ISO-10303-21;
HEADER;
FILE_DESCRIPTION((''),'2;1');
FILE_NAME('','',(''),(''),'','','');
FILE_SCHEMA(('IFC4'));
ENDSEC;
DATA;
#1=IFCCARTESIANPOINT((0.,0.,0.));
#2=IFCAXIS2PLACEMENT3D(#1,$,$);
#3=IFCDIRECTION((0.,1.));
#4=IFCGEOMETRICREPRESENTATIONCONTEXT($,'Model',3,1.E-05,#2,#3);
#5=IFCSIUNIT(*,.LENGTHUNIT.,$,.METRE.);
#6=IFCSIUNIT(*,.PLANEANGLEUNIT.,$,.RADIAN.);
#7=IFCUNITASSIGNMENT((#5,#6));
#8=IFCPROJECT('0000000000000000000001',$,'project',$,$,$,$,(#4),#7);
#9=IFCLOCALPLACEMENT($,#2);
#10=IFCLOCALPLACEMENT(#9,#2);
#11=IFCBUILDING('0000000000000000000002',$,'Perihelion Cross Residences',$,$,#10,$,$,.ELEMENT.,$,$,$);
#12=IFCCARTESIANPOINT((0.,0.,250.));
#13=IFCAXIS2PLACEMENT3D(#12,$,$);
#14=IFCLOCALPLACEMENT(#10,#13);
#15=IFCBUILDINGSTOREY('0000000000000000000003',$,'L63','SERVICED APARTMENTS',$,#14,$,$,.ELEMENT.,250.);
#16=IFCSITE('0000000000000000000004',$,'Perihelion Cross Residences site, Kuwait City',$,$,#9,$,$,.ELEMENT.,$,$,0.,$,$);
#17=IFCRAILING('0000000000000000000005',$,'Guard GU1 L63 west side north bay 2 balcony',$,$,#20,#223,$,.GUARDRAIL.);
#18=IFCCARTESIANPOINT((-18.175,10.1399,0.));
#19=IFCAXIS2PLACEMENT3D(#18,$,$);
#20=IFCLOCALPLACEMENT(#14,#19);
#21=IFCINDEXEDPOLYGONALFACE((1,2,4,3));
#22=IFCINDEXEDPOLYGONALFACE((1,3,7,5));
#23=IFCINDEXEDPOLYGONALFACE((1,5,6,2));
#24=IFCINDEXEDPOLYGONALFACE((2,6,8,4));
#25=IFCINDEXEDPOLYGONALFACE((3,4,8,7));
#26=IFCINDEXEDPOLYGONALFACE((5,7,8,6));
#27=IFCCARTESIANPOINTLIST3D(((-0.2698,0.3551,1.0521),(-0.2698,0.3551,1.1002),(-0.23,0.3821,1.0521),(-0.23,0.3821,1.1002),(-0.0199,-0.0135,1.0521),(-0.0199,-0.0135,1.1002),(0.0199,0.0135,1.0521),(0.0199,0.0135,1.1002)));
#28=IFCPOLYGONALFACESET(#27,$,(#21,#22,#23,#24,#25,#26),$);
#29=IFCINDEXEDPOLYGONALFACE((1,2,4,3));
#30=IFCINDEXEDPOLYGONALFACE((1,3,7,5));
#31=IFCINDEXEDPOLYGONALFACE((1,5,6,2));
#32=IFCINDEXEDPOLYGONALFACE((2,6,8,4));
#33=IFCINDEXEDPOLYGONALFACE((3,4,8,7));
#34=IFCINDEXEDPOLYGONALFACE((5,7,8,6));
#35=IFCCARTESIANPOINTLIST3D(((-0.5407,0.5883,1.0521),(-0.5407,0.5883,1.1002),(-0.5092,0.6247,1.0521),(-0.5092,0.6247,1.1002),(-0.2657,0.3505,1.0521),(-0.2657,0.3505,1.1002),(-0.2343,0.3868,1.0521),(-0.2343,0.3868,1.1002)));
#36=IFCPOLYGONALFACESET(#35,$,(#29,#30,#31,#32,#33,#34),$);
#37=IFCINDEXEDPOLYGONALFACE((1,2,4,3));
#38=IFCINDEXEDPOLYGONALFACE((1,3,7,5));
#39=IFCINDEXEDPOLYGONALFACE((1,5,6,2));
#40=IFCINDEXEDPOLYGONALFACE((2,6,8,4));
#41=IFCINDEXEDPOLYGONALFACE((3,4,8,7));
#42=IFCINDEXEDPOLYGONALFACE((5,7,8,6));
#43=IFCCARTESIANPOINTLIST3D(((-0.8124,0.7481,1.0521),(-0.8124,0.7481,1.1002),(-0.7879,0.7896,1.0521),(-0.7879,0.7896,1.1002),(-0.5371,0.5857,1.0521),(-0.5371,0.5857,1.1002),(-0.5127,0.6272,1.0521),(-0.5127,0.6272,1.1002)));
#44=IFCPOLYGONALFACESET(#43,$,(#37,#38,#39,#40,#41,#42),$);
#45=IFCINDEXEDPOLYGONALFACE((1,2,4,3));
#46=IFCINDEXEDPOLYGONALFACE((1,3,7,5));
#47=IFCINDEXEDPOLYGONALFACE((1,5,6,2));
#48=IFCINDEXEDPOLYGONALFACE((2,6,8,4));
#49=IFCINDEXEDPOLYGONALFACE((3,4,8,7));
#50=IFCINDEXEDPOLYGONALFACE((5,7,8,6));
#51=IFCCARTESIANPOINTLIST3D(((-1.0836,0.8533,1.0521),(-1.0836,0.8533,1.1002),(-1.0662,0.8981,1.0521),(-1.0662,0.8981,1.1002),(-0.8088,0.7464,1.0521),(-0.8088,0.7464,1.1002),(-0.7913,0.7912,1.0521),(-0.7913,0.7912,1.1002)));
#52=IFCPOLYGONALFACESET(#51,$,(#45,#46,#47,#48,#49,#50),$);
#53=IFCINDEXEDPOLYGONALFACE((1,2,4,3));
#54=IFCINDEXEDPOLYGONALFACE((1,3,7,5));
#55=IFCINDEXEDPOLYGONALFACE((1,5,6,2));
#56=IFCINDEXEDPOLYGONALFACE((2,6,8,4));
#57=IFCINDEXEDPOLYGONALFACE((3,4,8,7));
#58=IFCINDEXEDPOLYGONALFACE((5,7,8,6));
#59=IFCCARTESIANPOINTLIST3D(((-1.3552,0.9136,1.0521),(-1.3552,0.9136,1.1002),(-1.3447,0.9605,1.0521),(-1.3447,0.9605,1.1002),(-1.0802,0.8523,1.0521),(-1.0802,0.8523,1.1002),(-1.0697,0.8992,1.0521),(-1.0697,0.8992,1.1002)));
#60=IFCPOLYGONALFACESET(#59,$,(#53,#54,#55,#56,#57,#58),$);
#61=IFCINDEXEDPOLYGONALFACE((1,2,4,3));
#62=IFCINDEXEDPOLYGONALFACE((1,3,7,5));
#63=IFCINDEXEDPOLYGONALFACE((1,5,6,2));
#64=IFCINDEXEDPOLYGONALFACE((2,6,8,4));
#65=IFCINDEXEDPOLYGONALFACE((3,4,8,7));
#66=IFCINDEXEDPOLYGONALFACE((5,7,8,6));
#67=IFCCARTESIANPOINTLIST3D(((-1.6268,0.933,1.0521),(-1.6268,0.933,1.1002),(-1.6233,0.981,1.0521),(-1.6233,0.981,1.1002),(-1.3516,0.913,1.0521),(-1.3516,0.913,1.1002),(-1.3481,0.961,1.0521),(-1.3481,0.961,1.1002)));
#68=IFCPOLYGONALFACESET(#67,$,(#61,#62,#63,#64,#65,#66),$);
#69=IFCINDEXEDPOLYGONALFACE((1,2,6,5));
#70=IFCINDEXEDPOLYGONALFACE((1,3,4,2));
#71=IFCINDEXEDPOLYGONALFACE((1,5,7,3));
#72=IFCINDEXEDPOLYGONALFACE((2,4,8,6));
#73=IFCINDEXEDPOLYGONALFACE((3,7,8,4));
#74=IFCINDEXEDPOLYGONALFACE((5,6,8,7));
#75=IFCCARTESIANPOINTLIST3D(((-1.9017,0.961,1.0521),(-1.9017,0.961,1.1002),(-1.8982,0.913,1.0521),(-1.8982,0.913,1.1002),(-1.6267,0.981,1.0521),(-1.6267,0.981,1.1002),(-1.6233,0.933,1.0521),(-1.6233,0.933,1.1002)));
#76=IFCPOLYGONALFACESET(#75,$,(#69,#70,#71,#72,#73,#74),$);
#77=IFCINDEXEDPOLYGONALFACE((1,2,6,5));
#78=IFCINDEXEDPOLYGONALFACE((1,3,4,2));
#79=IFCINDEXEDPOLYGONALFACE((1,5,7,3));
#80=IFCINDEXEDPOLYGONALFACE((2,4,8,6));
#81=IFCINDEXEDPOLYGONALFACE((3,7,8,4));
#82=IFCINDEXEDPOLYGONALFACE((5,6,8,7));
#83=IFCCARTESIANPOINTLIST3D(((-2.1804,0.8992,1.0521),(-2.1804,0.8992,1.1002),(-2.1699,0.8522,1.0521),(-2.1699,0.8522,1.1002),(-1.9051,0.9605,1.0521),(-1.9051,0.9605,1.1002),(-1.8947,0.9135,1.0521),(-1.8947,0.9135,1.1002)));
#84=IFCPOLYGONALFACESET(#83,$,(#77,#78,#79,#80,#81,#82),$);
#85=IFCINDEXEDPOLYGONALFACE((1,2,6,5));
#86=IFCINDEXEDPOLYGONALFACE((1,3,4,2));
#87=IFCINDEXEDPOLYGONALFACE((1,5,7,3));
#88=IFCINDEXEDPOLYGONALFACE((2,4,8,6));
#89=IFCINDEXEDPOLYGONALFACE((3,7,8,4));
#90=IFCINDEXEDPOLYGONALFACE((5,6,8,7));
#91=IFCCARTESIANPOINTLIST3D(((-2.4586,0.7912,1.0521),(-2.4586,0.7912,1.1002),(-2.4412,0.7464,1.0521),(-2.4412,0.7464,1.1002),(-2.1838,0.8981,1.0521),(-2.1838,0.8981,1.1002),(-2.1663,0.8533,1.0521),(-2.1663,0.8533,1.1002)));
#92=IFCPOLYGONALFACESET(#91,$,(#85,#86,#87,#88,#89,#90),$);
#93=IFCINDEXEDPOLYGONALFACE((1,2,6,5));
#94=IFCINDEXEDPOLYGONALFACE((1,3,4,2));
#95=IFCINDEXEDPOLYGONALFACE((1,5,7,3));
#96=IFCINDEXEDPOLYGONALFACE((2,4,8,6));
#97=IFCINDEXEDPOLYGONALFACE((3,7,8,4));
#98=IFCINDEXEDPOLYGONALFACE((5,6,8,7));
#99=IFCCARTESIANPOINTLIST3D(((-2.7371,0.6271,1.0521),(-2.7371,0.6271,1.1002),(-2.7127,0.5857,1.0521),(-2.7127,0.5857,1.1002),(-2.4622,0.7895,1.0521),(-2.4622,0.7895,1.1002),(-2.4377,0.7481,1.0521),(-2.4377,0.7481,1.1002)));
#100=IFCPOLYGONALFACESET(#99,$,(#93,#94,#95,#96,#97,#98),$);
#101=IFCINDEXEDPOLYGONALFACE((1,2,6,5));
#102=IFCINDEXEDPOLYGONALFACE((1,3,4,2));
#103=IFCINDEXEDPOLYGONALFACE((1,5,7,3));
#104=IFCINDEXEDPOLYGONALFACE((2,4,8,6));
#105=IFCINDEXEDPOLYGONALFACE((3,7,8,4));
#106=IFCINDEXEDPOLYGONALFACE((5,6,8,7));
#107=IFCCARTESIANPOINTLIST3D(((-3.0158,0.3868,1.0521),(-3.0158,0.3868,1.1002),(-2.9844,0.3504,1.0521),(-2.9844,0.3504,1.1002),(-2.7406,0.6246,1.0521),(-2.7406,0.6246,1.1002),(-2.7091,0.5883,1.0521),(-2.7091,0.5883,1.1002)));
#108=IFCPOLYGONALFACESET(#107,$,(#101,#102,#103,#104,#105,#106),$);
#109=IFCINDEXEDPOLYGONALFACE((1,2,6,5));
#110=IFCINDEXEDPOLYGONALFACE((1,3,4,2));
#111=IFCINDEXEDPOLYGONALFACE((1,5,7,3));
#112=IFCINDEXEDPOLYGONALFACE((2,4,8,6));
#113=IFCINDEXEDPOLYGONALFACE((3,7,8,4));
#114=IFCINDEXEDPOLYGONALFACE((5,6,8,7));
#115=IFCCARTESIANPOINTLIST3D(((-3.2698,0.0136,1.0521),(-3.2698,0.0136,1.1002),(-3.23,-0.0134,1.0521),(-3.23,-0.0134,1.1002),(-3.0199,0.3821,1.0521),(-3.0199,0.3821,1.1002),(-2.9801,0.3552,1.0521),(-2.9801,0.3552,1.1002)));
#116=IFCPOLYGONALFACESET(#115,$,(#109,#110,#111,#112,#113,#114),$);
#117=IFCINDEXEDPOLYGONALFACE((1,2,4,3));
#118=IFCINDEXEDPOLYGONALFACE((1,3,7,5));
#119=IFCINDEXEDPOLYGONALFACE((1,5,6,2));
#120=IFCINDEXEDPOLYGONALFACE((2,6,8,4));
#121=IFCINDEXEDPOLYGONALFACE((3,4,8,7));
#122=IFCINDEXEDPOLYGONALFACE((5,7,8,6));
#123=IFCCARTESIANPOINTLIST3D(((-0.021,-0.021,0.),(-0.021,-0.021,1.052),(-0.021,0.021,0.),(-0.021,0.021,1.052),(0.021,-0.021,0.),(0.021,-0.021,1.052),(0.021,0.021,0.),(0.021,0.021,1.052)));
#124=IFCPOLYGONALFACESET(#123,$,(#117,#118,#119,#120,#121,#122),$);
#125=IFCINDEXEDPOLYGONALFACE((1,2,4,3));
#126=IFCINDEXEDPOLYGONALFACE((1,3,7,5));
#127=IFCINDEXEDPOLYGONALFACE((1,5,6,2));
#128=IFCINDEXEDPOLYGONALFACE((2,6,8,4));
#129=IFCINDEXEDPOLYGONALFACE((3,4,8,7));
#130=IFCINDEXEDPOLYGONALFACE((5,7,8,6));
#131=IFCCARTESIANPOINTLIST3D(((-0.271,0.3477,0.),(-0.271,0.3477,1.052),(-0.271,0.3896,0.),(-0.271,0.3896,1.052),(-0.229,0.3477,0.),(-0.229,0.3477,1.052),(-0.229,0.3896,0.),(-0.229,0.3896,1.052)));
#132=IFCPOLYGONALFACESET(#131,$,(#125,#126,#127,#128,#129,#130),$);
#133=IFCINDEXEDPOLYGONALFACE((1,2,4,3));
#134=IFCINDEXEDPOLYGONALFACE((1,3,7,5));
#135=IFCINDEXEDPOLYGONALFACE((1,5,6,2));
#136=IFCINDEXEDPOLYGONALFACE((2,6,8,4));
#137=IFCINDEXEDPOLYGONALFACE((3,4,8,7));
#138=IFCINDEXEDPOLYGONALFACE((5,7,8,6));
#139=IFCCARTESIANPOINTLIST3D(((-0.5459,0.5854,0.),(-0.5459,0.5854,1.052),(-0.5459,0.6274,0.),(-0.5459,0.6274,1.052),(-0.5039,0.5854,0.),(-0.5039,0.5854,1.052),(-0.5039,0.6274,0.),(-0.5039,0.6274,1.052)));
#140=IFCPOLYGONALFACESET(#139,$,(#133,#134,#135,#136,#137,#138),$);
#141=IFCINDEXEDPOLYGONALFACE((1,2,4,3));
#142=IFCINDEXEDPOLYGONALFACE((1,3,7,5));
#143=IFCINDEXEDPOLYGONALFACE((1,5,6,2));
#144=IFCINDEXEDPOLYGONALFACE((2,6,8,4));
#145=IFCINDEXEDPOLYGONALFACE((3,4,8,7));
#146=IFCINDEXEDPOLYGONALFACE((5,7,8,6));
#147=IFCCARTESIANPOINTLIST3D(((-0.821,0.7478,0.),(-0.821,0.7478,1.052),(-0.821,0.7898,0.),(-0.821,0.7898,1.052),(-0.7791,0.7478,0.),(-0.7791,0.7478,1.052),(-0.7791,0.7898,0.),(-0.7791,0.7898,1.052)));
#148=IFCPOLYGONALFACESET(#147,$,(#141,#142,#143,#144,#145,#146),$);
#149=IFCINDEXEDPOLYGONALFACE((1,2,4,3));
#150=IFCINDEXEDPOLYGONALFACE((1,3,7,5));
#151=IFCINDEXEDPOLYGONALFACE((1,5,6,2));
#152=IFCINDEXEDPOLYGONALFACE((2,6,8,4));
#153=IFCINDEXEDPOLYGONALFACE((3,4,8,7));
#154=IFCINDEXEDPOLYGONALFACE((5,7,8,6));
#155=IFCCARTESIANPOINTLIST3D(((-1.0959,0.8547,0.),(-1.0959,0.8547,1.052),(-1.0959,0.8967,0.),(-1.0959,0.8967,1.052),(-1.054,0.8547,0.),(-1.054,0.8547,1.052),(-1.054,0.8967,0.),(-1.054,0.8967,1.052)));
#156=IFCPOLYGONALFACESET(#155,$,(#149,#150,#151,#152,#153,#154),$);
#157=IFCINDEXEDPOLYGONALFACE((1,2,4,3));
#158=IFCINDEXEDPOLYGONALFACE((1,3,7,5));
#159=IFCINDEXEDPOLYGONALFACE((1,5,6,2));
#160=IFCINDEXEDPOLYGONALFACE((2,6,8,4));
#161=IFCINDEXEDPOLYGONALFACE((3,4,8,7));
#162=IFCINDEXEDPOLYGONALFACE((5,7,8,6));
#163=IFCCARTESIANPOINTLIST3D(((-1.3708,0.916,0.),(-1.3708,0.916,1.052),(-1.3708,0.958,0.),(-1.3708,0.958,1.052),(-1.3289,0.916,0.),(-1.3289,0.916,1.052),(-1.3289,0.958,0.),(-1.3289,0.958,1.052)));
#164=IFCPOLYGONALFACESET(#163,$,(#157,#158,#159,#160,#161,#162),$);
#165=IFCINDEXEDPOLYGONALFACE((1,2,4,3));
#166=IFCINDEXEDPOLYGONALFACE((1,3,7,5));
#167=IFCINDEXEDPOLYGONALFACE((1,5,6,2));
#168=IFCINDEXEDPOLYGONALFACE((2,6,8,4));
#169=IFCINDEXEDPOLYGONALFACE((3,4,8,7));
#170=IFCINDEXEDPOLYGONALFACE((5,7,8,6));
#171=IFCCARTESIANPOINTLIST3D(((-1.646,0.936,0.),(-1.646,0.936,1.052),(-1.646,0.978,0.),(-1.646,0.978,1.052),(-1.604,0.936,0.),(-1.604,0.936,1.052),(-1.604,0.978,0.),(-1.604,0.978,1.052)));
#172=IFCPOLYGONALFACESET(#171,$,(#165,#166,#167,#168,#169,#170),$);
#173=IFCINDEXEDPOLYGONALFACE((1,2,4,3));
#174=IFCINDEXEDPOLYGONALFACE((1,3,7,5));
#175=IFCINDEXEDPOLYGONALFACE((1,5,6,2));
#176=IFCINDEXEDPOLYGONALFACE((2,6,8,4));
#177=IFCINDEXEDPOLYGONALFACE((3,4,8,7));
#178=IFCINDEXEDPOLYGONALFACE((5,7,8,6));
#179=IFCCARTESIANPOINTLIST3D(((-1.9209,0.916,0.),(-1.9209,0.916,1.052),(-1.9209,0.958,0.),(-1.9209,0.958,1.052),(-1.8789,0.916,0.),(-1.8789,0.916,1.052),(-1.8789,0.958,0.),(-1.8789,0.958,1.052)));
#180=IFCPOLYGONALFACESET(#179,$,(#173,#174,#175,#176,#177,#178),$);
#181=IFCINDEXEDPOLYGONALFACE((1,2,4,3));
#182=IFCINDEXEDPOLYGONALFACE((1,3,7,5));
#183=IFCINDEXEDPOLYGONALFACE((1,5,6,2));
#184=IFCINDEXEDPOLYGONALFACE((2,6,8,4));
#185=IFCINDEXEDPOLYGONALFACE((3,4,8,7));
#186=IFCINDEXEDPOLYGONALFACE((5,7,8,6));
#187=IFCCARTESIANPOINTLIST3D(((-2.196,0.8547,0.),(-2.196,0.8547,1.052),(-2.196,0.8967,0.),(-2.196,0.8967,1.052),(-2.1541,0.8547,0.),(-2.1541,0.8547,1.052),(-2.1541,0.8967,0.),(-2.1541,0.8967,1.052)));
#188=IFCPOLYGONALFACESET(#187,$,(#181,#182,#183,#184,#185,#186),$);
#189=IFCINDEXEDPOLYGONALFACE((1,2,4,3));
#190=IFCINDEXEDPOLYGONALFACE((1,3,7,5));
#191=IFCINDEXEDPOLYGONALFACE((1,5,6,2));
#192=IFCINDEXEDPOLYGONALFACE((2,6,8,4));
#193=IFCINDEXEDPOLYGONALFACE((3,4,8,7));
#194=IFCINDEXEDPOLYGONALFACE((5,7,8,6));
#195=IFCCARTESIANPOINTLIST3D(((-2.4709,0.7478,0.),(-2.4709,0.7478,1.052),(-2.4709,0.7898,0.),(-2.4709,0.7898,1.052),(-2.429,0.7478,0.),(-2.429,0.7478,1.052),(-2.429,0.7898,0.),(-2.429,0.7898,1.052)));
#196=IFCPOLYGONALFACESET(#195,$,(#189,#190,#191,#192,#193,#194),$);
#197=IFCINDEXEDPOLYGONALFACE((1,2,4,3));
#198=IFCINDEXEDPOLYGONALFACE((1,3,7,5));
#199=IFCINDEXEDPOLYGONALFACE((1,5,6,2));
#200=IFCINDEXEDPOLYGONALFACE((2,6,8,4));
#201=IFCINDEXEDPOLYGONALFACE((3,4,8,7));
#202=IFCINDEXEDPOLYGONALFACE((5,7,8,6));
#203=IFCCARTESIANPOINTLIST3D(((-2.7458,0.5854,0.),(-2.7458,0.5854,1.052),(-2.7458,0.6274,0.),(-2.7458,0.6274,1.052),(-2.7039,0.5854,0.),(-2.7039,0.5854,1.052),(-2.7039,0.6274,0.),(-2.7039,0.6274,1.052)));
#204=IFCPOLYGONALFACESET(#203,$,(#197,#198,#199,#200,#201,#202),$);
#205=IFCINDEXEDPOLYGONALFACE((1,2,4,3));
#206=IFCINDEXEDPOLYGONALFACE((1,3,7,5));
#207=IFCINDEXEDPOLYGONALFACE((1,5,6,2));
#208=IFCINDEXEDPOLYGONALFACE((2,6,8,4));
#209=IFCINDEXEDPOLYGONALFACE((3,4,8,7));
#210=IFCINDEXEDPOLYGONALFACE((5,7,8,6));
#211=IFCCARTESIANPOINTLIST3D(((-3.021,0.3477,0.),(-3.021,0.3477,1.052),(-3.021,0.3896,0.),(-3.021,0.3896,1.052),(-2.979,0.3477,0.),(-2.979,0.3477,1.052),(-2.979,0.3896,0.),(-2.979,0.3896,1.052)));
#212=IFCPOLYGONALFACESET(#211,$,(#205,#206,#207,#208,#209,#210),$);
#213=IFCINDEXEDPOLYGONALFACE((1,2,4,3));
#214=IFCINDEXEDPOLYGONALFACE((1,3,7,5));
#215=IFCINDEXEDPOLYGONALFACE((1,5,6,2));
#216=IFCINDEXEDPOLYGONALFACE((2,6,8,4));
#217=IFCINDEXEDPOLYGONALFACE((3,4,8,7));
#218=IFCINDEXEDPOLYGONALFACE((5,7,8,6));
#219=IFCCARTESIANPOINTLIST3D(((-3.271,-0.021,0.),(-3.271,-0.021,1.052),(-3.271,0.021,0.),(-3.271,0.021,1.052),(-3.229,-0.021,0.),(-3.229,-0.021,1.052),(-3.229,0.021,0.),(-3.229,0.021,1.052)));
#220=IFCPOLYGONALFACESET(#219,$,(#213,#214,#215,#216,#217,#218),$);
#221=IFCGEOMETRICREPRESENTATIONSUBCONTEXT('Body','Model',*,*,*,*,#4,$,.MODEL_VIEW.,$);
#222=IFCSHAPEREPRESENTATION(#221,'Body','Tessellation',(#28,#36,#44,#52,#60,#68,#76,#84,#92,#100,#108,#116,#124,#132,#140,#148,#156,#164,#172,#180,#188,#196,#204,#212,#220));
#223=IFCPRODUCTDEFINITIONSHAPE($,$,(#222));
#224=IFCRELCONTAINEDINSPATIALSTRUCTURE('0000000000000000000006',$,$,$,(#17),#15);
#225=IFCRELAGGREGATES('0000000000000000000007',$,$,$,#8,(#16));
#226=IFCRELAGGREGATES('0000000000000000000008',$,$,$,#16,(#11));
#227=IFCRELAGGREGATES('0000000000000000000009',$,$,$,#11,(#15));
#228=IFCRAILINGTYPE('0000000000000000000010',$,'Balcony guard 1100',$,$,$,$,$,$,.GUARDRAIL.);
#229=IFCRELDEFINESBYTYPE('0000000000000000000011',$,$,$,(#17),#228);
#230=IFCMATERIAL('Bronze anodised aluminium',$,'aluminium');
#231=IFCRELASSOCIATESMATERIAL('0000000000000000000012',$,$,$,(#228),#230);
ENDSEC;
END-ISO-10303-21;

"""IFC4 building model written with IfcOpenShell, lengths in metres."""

from ifc_helpers import new_model, si_unit, direction, frame, origin, origin_2d, place, context, subcontext, project, spatial, rectangle, extrude, material, type_object, element, save


model = new_model("IFC4")

# Units and contexts
model_context = context("Model", 3, precision=1e-05, world=origin(), true_north=direction((0.0, 1.0)))
body_context = subcontext(model_context, "Body", "Model", "MODEL_VIEW")
ifc_project = project(units=[si_unit("LENGTHUNIT", "METRE"), si_unit("PLANEANGLEUNIT", "RADIAN")], contexts=[model_context])

# Site, building, storey
site_placement = place(None, origin())
site = spatial("IfcSite", under=ifc_project, at=site_placement, Name="Perihelion Cross Residences site, Kuwait City", CompositionType="ELEMENT", RefElevation=0.0)
building_placement = place(site_placement, origin())
building = spatial("IfcBuilding", under=site, at=building_placement, Name="Perihelion Cross Residences", CompositionType="ELEMENT")
storey_placement = place(building_placement, frame((0.0, 0.0, 250.0)))
storey = spatial("IfcBuildingStorey", under=building, at=storey_placement, Name="L63", Description="SERVICED APARTMENTS", CompositionType="ELEMENT", Elevation=250.0)

# Railing
ifc_material_1 = material(Name="Bronze anodised aluminium", Category="aluminium")
railing_type = type_object("IfcRailingType", Name="Balcony guard 1100", PredefinedType="GUARDRAIL", material=ifc_material_1)
railing_placement = place(storey_placement, frame((-18.175, 10.1399, 0.0)))
element("IfcRailing", 1, at=railing_placement, inside=storey, type_object=railing_type, Name="Guard GU1 L63 west side north bay 2 balcony", PredefinedType="GUARDRAIL", context=body_context, shape_type="SweptSolid", body=[
    extrude(rectangle(XDim=0.0481, YDim=0.0481, at=origin_2d()), frame((0.0, 0.0, 1.0762), z_axis=(-0.56126, 0.827639, 0.0), x_axis=(-0.827639, -0.56126, 0.0)), (0.0, 0.0, 1.0), 0.4453),
    extrude(rectangle(XDim=0.0481, YDim=0.0481, at=origin_2d()), frame((-0.25, 0.3687, 1.0762), z_axis=(-0.756309, 0.654214, 0.0), x_axis=(-0.654214, -0.756309, 0.0)), (0.0, 0.0, 1.0), 0.3635),
    extrude(rectangle(XDim=0.0481, YDim=0.0481, at=origin_2d()), frame((-0.5249, 0.6064, 1.0762), z_axis=(-0.861246, 0.508189, 0.0), x_axis=(-0.508189, -0.861246, 0.0)), (0.0, 0.0, 1.0), 0.3196),
    extrude(rectangle(XDim=0.0481, YDim=0.0481, at=origin_2d()), frame((-0.8, 0.7688, 1.0762), z_axis=(-0.931974, 0.362526, 0.0), x_axis=(-0.362526, -0.931974, 0.0)), (0.0, 0.0, 1.0), 0.2949),
    extrude(rectangle(XDim=0.0481, YDim=0.0481, at=origin_2d()), frame((-1.075, 0.8757, 1.0762), z_axis=(-0.976044, 0.217573, 0.0), x_axis=(-0.217573, -0.976044, 0.0)), (0.0, 0.0, 1.0), 0.2817),
    extrude(rectangle(XDim=0.0481, YDim=0.0481, at=origin_2d()), frame((-1.3499, 0.937, 1.0762), z_axis=(-0.997363, 0.072568, 0.0), x_axis=(-0.072568, -0.997363, 0.0)), (0.0, 0.0, 1.0), 0.2759),
    extrude(rectangle(XDim=0.0481, YDim=0.0481, at=origin_2d()), frame((-1.625, 0.957, 1.0762), z_axis=(-0.997359, -0.072632, 0.0), x_axis=(0.072632, -0.997359, 0.0)), (0.0, 0.0, 1.0), 0.2756),
    extrude(rectangle(XDim=0.0481, YDim=0.0481, at=origin_2d()), frame((-1.8999, 0.937, 1.0762), z_axis=(-0.976085, -0.217389, 0.0), x_axis=(0.217389, -0.976085, 0.0)), (0.0, 0.0, 1.0), 0.282),
    extrude(rectangle(XDim=0.0481, YDim=0.0481, at=origin_2d()), frame((-2.175, 0.8757, 1.0762), z_axis=(-0.931974, -0.362526, 0.0), x_axis=(0.362526, -0.931974, 0.0)), (0.0, 0.0, 1.0), 0.2949),
    extrude(rectangle(XDim=0.0481, YDim=0.0481, at=origin_2d()), frame((-2.45, 0.7688, 1.0762), z_axis=(-0.861048, -0.508523, 0.0), x_axis=(0.508523, -0.861048, 0.0)), (0.0, 0.0, 1.0), 0.3193),
    extrude(rectangle(XDim=0.0481, YDim=0.0481, at=origin_2d()), frame((-2.7249, 0.6064, 1.0762), z_axis=(-0.756597, -0.653882, 0.0), x_axis=(0.653882, -0.756597, 0.0)), (0.0, 0.0, 1.0), 0.3638),
    extrude(rectangle(XDim=0.0481, YDim=0.0481, at=origin_2d()), frame((-3.0, 0.3687, 1.0762), z_axis=(-0.56126, -0.827639, 0.0), x_axis=(0.827639, -0.56126, 0.0)), (0.0, 0.0, 1.0), 0.4453),
    extrude(rectangle(XDim=0.042, YDim=0.042, at=origin_2d()), origin(), (0.0, 0.0, 1.0), 1.052),
    extrude(rectangle(XDim=0.042, YDim=0.042, at=origin_2d()), frame((-0.25, 0.3687, 0.0)), (0.0, 0.0, 1.0), 1.052),
    extrude(rectangle(XDim=0.042, YDim=0.042, at=origin_2d()), frame((-0.5249, 0.6064, 0.0)), (0.0, 0.0, 1.0), 1.052),
    extrude(rectangle(XDim=0.042, YDim=0.042, at=origin_2d()), frame((-0.8, 0.7688, 0.0)), (0.0, 0.0, 1.0), 1.052),
    extrude(rectangle(XDim=0.042, YDim=0.042, at=origin_2d()), frame((-1.075, 0.8757, 0.0)), (0.0, 0.0, 1.0), 1.052),
    extrude(rectangle(XDim=0.042, YDim=0.042, at=origin_2d()), frame((-1.3499, 0.937, 0.0)), (0.0, 0.0, 1.0), 1.052),
    extrude(rectangle(XDim=0.042, YDim=0.042, at=origin_2d()), frame((-1.625, 0.957, 0.0)), (0.0, 0.0, 1.0), 1.052),
    extrude(rectangle(XDim=0.042, YDim=0.042, at=origin_2d()), frame((-1.8999, 0.937, 0.0)), (0.0, 0.0, 1.0), 1.052),
    extrude(rectangle(XDim=0.042, YDim=0.042, at=origin_2d()), frame((-2.175, 0.8757, 0.0)), (0.0, 0.0, 1.0), 1.052),
    extrude(rectangle(XDim=0.042, YDim=0.042, at=origin_2d()), frame((-2.45, 0.7688, 0.0)), (0.0, 0.0, 1.0), 1.052),
    extrude(rectangle(XDim=0.042, YDim=0.042, at=origin_2d()), frame((-2.7249, 0.6064, 0.0)), (0.0, 0.0, 1.0), 1.052),
    extrude(rectangle(XDim=0.042, YDim=0.042, at=origin_2d()), frame((-3.0, 0.3687, 0.0)), (0.0, 0.0, 1.0), 1.052),
    extrude(rectangle(XDim=0.042, YDim=0.042, at=origin_2d()), frame((-3.25, 0.0, 0.0)), (0.0, 0.0, 1.0), 1.052),
])

save(model, "model.ifc")
